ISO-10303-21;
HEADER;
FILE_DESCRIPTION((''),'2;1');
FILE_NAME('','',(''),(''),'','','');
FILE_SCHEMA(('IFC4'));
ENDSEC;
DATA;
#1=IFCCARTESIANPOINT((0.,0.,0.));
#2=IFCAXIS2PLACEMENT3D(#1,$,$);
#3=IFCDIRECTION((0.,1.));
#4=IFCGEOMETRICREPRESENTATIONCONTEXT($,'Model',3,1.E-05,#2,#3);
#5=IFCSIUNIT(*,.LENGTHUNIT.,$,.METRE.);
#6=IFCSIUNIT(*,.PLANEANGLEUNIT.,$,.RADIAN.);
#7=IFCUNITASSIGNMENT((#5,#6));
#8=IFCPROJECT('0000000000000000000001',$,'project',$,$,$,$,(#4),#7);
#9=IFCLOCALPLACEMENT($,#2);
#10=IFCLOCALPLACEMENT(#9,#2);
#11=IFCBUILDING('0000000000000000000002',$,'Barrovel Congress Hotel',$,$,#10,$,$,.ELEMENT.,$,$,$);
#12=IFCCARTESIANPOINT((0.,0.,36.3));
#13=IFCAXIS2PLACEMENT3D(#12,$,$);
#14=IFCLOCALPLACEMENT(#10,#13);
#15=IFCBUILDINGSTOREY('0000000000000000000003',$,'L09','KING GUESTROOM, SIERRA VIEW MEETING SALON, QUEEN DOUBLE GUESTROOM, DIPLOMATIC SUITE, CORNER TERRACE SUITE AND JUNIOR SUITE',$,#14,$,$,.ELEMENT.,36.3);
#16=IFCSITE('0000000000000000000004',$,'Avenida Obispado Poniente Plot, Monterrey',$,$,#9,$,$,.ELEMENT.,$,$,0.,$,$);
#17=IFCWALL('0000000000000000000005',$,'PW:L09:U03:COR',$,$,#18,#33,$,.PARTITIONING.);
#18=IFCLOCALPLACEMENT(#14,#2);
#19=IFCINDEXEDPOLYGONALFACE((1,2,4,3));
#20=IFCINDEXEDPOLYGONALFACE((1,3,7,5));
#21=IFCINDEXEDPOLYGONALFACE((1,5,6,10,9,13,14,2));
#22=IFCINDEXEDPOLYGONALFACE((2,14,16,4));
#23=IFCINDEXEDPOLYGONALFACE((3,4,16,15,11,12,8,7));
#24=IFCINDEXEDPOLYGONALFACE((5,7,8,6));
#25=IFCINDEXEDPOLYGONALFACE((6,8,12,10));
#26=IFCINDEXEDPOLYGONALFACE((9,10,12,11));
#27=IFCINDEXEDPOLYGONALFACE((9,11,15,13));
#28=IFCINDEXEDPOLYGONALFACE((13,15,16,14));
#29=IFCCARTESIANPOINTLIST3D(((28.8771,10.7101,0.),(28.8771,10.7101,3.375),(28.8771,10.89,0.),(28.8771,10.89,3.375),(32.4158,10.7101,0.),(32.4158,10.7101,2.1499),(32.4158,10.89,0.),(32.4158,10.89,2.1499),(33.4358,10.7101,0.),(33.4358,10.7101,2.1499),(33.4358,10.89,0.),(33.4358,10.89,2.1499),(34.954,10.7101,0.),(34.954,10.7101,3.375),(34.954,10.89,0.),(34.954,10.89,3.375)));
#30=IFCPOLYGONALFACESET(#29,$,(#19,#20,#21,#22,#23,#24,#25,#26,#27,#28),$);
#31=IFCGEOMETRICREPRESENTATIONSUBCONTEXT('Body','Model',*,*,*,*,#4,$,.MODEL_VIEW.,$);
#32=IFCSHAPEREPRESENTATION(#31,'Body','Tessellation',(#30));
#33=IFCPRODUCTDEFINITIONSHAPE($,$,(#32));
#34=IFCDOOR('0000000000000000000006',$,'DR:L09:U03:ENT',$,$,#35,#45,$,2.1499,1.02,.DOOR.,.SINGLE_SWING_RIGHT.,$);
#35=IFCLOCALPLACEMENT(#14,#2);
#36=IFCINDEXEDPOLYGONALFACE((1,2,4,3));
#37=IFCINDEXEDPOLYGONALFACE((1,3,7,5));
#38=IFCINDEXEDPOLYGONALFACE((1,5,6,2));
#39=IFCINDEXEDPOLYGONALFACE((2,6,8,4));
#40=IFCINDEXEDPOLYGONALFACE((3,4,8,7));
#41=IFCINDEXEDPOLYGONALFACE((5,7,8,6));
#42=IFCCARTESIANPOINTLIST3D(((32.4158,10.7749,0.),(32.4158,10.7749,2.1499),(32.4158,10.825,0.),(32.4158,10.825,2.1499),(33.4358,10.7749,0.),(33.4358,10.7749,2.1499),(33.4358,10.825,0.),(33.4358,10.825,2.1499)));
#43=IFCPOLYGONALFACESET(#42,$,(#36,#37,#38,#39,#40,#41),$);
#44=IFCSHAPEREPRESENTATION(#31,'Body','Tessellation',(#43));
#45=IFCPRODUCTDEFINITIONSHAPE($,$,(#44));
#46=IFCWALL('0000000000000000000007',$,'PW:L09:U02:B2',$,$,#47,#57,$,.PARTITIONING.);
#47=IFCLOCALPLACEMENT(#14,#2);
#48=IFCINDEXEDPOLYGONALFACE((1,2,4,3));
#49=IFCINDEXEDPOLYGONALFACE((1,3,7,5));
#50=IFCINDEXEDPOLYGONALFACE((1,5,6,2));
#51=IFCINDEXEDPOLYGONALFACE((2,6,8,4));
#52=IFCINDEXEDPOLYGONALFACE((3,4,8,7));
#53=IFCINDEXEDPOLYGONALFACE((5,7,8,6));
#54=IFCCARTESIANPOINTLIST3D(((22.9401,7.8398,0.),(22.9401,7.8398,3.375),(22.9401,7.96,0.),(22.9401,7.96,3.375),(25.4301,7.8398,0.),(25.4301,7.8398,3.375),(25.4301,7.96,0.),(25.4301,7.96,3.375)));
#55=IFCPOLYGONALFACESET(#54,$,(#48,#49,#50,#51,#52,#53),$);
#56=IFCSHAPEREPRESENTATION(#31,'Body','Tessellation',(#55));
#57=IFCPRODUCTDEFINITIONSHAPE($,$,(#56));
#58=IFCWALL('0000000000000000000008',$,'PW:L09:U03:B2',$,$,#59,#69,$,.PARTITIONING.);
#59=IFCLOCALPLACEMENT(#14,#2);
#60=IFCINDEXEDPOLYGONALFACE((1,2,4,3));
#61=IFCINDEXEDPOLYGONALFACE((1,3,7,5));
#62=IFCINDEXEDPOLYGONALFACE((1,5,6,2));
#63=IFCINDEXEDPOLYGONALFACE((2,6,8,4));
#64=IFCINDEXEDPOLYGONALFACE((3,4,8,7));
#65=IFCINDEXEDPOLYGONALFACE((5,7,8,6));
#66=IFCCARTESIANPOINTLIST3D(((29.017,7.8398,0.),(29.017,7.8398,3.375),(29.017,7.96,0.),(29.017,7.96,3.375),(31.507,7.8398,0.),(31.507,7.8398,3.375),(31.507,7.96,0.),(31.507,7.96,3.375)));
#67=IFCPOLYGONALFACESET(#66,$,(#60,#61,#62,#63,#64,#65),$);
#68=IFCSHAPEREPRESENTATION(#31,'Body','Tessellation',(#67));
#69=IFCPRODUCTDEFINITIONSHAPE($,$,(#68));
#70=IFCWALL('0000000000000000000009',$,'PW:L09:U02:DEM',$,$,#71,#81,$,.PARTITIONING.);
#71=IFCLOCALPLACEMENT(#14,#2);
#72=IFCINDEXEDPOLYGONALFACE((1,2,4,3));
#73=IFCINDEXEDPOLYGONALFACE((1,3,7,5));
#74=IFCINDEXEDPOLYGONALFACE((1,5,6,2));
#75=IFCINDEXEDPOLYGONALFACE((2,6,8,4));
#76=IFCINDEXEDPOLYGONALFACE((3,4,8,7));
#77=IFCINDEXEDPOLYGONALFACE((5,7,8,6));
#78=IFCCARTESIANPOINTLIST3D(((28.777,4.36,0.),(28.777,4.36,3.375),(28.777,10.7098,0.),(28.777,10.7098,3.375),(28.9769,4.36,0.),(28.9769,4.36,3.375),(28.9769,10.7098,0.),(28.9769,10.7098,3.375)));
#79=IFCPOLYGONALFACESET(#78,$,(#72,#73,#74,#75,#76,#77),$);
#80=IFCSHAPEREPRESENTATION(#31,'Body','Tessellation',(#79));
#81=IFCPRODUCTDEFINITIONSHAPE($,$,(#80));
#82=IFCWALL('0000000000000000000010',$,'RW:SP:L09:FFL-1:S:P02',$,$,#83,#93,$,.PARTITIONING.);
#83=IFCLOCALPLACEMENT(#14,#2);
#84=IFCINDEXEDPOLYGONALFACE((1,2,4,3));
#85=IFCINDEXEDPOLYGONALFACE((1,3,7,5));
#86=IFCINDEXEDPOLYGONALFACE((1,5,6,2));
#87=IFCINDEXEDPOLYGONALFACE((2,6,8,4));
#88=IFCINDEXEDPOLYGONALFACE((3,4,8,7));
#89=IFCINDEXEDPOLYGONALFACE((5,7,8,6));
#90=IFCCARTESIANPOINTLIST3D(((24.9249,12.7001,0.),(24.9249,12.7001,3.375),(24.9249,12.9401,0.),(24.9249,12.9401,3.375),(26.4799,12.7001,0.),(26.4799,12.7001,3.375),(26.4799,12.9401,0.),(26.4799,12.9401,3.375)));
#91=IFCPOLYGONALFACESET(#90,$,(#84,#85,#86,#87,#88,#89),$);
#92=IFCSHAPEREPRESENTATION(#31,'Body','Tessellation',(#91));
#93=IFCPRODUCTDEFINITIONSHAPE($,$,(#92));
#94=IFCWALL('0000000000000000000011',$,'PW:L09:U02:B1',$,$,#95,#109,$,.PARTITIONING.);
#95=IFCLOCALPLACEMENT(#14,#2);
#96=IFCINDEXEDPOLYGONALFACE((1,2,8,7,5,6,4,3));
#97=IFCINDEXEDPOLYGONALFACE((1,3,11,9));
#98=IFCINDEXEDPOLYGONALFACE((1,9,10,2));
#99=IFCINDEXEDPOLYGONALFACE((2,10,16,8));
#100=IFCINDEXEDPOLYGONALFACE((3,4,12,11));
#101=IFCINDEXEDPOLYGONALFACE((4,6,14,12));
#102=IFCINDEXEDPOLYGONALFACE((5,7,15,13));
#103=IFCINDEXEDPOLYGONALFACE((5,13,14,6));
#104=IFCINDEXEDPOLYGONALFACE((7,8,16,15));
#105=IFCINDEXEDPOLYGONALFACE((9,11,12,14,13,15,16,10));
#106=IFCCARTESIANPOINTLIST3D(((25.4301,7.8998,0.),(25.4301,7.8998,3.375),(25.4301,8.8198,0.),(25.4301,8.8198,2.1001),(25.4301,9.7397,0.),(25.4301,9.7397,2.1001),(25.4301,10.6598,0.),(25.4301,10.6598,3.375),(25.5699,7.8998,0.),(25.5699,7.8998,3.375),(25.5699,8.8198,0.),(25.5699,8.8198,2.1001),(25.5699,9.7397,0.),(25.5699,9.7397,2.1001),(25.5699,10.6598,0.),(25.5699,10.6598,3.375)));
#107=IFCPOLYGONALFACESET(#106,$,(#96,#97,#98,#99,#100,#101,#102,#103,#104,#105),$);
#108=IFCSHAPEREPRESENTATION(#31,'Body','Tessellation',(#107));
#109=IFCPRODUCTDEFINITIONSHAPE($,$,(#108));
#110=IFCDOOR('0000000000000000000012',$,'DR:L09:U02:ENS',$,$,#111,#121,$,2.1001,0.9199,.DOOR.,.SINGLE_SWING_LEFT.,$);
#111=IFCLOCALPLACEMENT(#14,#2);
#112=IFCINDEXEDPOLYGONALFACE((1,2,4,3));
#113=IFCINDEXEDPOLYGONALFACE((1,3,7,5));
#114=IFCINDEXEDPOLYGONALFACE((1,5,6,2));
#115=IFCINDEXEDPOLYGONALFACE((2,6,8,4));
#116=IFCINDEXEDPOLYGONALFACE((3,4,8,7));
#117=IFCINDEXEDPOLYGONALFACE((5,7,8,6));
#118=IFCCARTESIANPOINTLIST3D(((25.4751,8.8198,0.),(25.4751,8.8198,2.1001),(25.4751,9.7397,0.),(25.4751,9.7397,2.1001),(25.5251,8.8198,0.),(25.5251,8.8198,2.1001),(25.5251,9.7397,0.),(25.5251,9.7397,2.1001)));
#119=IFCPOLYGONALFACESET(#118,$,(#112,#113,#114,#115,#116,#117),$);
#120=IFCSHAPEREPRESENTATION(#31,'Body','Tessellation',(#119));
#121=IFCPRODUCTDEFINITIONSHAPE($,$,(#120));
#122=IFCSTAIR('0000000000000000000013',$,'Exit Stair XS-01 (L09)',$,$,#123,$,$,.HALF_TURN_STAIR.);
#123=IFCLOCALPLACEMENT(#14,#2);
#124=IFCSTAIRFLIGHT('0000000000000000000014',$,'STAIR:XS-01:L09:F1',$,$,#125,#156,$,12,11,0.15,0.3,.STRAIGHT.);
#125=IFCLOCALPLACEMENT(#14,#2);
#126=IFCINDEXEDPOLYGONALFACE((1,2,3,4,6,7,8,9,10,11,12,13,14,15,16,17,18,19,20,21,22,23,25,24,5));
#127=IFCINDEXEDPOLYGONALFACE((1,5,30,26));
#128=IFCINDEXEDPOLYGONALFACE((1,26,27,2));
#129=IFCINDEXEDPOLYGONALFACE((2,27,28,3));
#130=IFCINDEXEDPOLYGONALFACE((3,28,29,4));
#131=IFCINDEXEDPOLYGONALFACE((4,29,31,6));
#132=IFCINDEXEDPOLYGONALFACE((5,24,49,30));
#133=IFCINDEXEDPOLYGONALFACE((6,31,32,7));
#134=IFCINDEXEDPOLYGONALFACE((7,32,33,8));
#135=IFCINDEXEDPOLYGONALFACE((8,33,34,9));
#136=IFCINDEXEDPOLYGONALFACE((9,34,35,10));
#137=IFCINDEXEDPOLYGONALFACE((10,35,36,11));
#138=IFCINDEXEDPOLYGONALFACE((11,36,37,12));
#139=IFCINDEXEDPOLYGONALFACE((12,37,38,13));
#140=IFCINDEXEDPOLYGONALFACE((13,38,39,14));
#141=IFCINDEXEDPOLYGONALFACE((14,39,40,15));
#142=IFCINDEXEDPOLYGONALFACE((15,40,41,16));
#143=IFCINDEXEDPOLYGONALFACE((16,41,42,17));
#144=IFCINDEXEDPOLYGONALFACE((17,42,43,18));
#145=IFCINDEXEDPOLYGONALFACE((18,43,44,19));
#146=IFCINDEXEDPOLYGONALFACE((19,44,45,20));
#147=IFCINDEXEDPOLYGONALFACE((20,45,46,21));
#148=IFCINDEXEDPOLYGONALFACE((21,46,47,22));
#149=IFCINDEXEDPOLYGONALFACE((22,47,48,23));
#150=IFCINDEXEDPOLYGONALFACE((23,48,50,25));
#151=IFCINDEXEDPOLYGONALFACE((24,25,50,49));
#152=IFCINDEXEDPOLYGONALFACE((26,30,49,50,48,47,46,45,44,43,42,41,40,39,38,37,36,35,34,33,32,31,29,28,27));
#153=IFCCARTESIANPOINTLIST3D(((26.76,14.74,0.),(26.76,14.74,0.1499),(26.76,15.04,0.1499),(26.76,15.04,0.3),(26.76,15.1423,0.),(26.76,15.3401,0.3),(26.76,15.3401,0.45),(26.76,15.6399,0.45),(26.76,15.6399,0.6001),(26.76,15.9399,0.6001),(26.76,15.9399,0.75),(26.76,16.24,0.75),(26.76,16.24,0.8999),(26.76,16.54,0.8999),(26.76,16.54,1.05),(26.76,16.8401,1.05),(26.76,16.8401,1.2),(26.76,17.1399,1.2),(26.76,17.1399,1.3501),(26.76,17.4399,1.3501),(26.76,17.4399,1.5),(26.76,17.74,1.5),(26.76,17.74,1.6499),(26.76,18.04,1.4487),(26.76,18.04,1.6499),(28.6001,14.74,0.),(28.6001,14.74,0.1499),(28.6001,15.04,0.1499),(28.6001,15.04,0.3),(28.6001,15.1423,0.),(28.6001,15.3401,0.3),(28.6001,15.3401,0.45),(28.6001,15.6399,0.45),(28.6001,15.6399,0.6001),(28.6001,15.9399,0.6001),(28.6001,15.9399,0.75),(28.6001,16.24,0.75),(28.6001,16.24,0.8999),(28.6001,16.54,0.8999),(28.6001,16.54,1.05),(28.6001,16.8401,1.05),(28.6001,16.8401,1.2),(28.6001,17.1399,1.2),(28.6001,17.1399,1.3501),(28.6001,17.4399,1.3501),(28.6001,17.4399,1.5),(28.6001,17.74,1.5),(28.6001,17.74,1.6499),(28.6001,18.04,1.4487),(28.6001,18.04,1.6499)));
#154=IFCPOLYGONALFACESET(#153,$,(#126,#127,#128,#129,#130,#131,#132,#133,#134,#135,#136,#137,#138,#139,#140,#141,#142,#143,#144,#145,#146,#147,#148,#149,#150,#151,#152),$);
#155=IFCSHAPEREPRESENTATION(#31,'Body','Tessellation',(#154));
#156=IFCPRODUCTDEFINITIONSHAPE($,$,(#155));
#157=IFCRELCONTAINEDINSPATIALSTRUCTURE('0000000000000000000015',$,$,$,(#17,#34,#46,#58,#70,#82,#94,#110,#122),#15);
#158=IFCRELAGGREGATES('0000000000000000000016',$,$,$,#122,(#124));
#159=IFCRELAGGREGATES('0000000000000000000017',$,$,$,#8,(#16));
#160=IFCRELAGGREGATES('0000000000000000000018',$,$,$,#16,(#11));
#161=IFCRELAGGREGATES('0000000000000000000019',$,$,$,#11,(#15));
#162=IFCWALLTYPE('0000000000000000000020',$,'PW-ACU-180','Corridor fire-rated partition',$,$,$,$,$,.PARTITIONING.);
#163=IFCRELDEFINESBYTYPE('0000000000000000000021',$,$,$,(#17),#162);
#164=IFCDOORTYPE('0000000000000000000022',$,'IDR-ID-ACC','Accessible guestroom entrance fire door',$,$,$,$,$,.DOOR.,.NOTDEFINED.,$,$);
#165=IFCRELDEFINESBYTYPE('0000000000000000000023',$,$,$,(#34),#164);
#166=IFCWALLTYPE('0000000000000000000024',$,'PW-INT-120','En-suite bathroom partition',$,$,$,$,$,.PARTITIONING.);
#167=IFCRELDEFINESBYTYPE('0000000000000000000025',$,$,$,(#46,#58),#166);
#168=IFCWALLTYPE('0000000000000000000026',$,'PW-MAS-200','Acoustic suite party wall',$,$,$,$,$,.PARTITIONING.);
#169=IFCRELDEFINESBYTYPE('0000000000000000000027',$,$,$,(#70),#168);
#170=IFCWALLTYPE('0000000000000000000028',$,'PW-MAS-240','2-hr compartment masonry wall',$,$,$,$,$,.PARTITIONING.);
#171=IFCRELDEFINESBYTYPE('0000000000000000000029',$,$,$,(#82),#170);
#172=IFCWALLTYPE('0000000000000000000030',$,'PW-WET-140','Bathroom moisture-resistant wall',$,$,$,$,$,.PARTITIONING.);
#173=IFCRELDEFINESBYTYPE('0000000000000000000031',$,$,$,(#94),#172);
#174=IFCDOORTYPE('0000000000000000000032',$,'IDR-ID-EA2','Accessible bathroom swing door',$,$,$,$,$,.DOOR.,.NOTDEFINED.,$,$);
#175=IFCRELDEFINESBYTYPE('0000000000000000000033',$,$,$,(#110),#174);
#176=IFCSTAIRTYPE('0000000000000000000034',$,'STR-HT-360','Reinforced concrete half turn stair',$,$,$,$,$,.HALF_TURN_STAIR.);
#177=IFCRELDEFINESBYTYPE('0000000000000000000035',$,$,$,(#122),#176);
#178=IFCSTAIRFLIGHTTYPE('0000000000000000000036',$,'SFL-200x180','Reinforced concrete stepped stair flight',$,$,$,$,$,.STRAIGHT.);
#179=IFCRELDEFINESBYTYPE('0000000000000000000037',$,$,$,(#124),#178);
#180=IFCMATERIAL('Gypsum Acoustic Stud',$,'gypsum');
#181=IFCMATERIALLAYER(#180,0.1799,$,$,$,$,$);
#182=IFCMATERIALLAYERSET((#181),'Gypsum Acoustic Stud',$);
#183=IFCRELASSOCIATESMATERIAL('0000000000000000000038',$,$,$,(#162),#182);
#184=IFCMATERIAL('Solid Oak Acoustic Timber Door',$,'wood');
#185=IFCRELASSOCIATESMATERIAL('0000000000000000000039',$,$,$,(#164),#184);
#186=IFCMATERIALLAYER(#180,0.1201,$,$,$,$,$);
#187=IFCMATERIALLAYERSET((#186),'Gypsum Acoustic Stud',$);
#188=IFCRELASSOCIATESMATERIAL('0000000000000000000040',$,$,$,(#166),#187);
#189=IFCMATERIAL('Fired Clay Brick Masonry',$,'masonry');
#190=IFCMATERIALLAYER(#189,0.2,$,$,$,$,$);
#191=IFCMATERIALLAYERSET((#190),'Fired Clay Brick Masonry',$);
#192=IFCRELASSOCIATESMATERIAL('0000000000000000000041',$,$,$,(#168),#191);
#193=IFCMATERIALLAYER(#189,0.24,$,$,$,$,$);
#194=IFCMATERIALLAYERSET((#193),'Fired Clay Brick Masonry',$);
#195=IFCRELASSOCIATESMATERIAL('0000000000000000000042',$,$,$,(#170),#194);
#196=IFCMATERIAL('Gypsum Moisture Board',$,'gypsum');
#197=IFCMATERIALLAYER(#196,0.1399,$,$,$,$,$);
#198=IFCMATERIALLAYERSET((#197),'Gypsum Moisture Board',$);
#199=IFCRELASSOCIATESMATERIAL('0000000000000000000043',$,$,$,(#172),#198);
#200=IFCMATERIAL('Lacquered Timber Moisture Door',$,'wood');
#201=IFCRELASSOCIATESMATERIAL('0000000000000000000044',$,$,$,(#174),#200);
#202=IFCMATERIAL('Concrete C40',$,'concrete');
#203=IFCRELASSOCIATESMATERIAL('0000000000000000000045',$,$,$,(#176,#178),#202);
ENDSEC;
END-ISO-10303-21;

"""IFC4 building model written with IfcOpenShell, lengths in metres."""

from ifc_helpers import new_model, si_unit, direction, frame, frame_2d, origin, place, context, subcontext, project, spatial, polyline, rectangle, outline, extrude, material, layer, layer_set, type_object, element, fill, aggregate, save


model = new_model("IFC4")

# Units and contexts
model_context = context("Model", 3, precision=1e-05, world=origin(), true_north=direction((0.0, 1.0)))
body_context = subcontext(model_context, "Body", "Model", "MODEL_VIEW")
ifc_project = project(units=[si_unit("LENGTHUNIT", "METRE"), si_unit("PLANEANGLEUNIT", "RADIAN")], contexts=[model_context])

# Site, building, storey
site_placement = place(None, origin())
site = spatial("IfcSite", under=ifc_project, at=site_placement, Name="Avenida Obispado Poniente Plot, Monterrey", CompositionType="ELEMENT", RefElevation=0.0)
building_placement = place(site_placement, origin())
building = spatial("IfcBuilding", under=site, at=building_placement, Name="Barrovel Congress Hotel", CompositionType="ELEMENT")
storey_placement = place(building_placement, frame((0.0, 0.0, 36.3)))
storey = spatial("IfcBuildingStorey", under=building, at=storey_placement, Name="L09", Description="KING GUESTROOM, SIERRA VIEW MEETING SALON, QUEEN DOUBLE GUESTROOM, DIPLOMATIC SUITE, CORNER TERRACE SUITE AND JUNIOR SUITE", CompositionType="ELEMENT", Elevation=36.3)

# Shared definitions
ifc_material_1 = material(Name="Concrete C40", Category="concrete")

# Shared definitions
ifc_material_2 = material(Name="Fired Clay Brick Masonry", Category="masonry")

# Wall, opening, door
ifc_material_3 = material(Name="Gypsum Acoustic Stud", Category="gypsum")
ifc_layer_1 = layer(ifc_material_3, 0.1799)
ifc_layer_set_1 = layer_set([ifc_layer_1], Name="Gypsum Acoustic Stud")
wall_type_1 = type_object("IfcWallType", Name="PW-ACU-180", Description="Corridor fire-rated partition", PredefinedType="PARTITIONING", material=ifc_layer_set_1)
wall_1_placement = place(storey_placement, frame((28.877, 10.8, 0.0), z_axis=(0.0, 0.0, 1.0), x_axis=(1.0, 0.0, 0.0)))
wall_1 = element("IfcWall", 1, at=wall_1_placement, inside=storey, type_object=wall_type_1, Name="PW:L09:U03:COR", PredefinedType="PARTITIONING", context=body_context, shape_type="SweptSolid", body=[
    extrude(rectangle(XDim=6.0769, YDim=0.1799, at=frame_2d((3.0386, 0.0))), origin(), (0.0, 0.0, 1.0), 3.375),
])
opening_1_placement = place(wall_1_placement, frame((3.5388, 0.0, 0.0)))
opening_1 = element("IfcOpeningElement", 2, at=opening_1_placement, cuts=wall_1, PredefinedType="OPENING", context=body_context, shape_type="SweptSolid", body=[
    extrude(rectangle(XDim=1.02, YDim=2.1499, at=frame_2d((0.51, 1.075))), frame((0.0, 0.1001, 0.0), z_axis=(0.0, -1.0, 0.0), x_axis=(1.0, 0.0, 0.0)), (0.0, 0.0, 1.0), 0.2),
])
ifc_material_4 = material(Name="Solid Oak Acoustic Timber Door", Category="wood")
door_type_1 = type_object("IfcDoorType", Name="IDR-ID-ACC", Description="Accessible guestroom entrance fire door", OperationType="NOTDEFINED", PredefinedType="DOOR", material=ifc_material_4)
door_1_placement = place(opening_1_placement, origin())
door_1 = element("IfcDoor", 3, at=door_1_placement, inside=storey, type_object=door_type_1, Name="DR:L09:U03:ENT", OperationType="SINGLE_SWING_RIGHT", OverallHeight=2.1499, OverallWidth=1.02, PredefinedType="DOOR", context=body_context, shape_type="SweptSolid", body=[
    extrude(rectangle(XDim=1.02, YDim=2.1499, at=frame_2d((0.51, 1.075))), frame((0.0, 0.0249, 0.0), z_axis=(0.0, -1.0, 0.0), x_axis=(1.0, 0.0, 0.0)), (0.0, 0.0, 1.0), 0.05),
])
fill(opening_1, door_1)

# Walls
ifc_layer_2 = layer(ifc_material_3, 0.1201)
ifc_layer_set_2 = layer_set([ifc_layer_2], Name="Gypsum Acoustic Stud")
wall_type_2 = type_object("IfcWallType", Name="PW-INT-120", Description="En-suite bathroom partition", PredefinedType="PARTITIONING", material=ifc_layer_set_2)
for number, where, z_axis, x_axis, name in (
    (4, (22.9399, 7.8999, 0.0), (0.0, 0.0, 1.0), (1.0, 0.0, 0.0), "PW:L09:U02:B2"),
    (5, (29.0168, 7.8999, 0.0), (0.0, 0.0, 1.0), (1.0, 0.0, 0.0), "PW:L09:U03:B2"),
):
    element("IfcWall", number, at=place(storey_placement, frame(where, z_axis=z_axis, x_axis=x_axis)), inside=storey, type_object=wall_type_2, Name=name, PredefinedType="PARTITIONING", context=body_context, shape_type="SweptSolid", body=[
        extrude(rectangle(XDim=2.49, YDim=0.1201, at=frame_2d((1.2451, 0.0))), origin(), (0.0, 0.0, 1.0), 3.375),
    ])
ifc_layer_3 = layer(ifc_material_2, 0.2)
ifc_layer_set_3 = layer_set([ifc_layer_3], Name="Fired Clay Brick Masonry")
wall_type_3 = type_object("IfcWallType", Name="PW-MAS-200", Description="Acoustic suite party wall", PredefinedType="PARTITIONING", material=ifc_layer_set_3)
wall_2_placement = place(storey_placement, frame((28.877, 4.3601, 0.0), z_axis=(0.0, 0.0, 1.0), x_axis=(0.0, 1.0, 0.0)))
element("IfcWall", 6, at=wall_2_placement, inside=storey, type_object=wall_type_3, Name="PW:L09:U02:DEM", PredefinedType="PARTITIONING", context=body_context, shape_type="SweptSolid", body=[
    extrude(rectangle(XDim=6.3499, YDim=0.2, at=frame_2d((3.1748, 0.0))), origin(), (0.0, 0.0, 1.0), 3.375),
])
ifc_layer_4 = layer(ifc_material_2, 0.24)
ifc_layer_set_4 = layer_set([ifc_layer_4], Name="Fired Clay Brick Masonry")
wall_type_4 = type_object("IfcWallType", Name="PW-MAS-240", Description="2-hr compartment masonry wall", PredefinedType="PARTITIONING", material=ifc_layer_set_4)
wall_3_placement = place(storey_placement, frame((24.925, 12.8201, 0.0), z_axis=(0.0, 0.0, 1.0), x_axis=(1.0, 0.0, 0.0)))
element("IfcWall", 7, at=wall_3_placement, inside=storey, type_object=wall_type_4, Name="RW:SP:L09:FFL-1:S:P02", PredefinedType="PARTITIONING", context=body_context, shape_type="SweptSolid", body=[
    extrude(rectangle(XDim=1.5549, YDim=0.24, at=frame_2d((0.7773, 0.0))), origin(), (0.0, 0.0, 1.0), 3.375),
])

# Wall, opening, door
ifc_material_5 = material(Name="Gypsum Moisture Board", Category="gypsum")
ifc_layer_5 = layer(ifc_material_5, 0.1399)
ifc_layer_set_5 = layer_set([ifc_layer_5], Name="Gypsum Moisture Board")
wall_type_5 = type_object("IfcWallType", Name="PW-WET-140", Description="Bathroom moisture-resistant wall", PredefinedType="PARTITIONING", material=ifc_layer_set_5)
wall_4_placement = place(storey_placement, frame((25.5, 7.8999, 0.0), z_axis=(0.0, 0.0, 1.0), x_axis=(0.0, 1.0, 0.0)))
wall_4 = element("IfcWall", 8, at=wall_4_placement, inside=storey, type_object=wall_type_5, Name="PW:L09:U02:B1", PredefinedType="PARTITIONING", context=body_context, shape_type="SweptSolid", body=[
    extrude(rectangle(XDim=2.76, YDim=0.1399, at=frame_2d((1.3799, 0.0))), origin(), (0.0, 0.0, 1.0), 3.375),
])
opening_2_placement = place(wall_4_placement, frame((0.9199, 0.0, 0.0)))
opening_2 = element("IfcOpeningElement", 9, at=opening_2_placement, cuts=wall_4, PredefinedType="OPENING", context=body_context, shape_type="SweptSolid", body=[
    extrude(rectangle(XDim=0.9199, YDim=2.1001, at=frame_2d((0.46, 1.05))), frame((0.0, 0.0801, 0.0), z_axis=(0.0, -1.0, 0.0), x_axis=(1.0, 0.0, 0.0)), (0.0, 0.0, 1.0), 0.1599),
])
ifc_material_6 = material(Name="Lacquered Timber Moisture Door", Category="wood")
door_type_2 = type_object("IfcDoorType", Name="IDR-ID-EA2", Description="Accessible bathroom swing door", OperationType="NOTDEFINED", PredefinedType="DOOR", material=ifc_material_6)
door_2_placement = place(opening_2_placement, origin())
door_2 = element("IfcDoor", 10, at=door_2_placement, inside=storey, type_object=door_type_2, Name="DR:L09:U02:ENS", OperationType="SINGLE_SWING_LEFT", OverallHeight=2.1001, OverallWidth=0.9199, PredefinedType="DOOR", context=body_context, shape_type="SweptSolid", body=[
    extrude(rectangle(XDim=0.9199, YDim=2.1001, at=frame_2d((0.46, 1.05))), frame((0.0, 0.0249, 0.0), z_axis=(0.0, -1.0, 0.0), x_axis=(1.0, 0.0, 0.0)), (0.0, 0.0, 1.0), 0.05),
])
fill(opening_2, door_2)

# Stair, stair flight
stair_type = type_object("IfcStairType", Name="STR-HT-360", Description="Reinforced concrete half turn stair", PredefinedType="HALF_TURN_STAIR", material=ifc_material_1)
stair_placement = place(storey_placement, origin())
stair = element("IfcStair", 11, at=stair_placement, inside=storey, type_object=stair_type, Name="Exit Stair XS-01 (L09)", PredefinedType="HALF_TURN_STAIR")
stair_flight_type = type_object("IfcStairFlightType", Name="SFL-200x180", Description="Reinforced concrete stepped stair flight", PredefinedType="STRAIGHT", material=ifc_material_1)
stair_flight_placement = place(storey_placement, frame((27.6799, 14.74, 0.0), z_axis=(0.0, 0.0, 1.0), x_axis=(0.0, 1.0, 0.0)))
stair_flight = element("IfcStairFlight", 12, at=stair_flight_placement, type_object=stair_flight_type, Name="STAIR:XS-01:L09:F1", NumberOfRisers=12, NumberOfTreads=11, PredefinedType="STRAIGHT", RiserHeight=0.15, TreadLength=0.3, context=body_context, shape_type="SweptSolid", body=[
    extrude(outline(polyline([(0.0, 0.0), (0.0, 0.1499), (0.3, 0.1499), (0.3, 0.3), (0.6001, 0.3), (0.6001, 0.45), (0.8999, 0.45), (0.8999, 0.6001), (1.2, 0.6001), (1.2, 0.75), (1.5, 0.75), (1.5, 0.8999), (1.8, 0.8999), (1.8, 1.05), (2.1001, 1.05), (2.1001, 1.2), (2.3999, 1.2), (2.3999, 1.3501), (2.7, 1.3501), (2.7, 1.5), (3.0, 1.5), (3.0, 1.6499), (3.3, 1.6499), (3.3, 1.8), (3.3, 1.4487), (0.4023, 0.0), (0.0, 0.0)])), frame((0.0, 0.9199, 0.0), z_axis=(0.0, -1.0, 0.0), x_axis=(1.0, 0.0, 0.0)), (0.0, 0.0, 1.0), 1.8401),
])
aggregate(stair, [stair_flight])

save(model, "model.ifc")
